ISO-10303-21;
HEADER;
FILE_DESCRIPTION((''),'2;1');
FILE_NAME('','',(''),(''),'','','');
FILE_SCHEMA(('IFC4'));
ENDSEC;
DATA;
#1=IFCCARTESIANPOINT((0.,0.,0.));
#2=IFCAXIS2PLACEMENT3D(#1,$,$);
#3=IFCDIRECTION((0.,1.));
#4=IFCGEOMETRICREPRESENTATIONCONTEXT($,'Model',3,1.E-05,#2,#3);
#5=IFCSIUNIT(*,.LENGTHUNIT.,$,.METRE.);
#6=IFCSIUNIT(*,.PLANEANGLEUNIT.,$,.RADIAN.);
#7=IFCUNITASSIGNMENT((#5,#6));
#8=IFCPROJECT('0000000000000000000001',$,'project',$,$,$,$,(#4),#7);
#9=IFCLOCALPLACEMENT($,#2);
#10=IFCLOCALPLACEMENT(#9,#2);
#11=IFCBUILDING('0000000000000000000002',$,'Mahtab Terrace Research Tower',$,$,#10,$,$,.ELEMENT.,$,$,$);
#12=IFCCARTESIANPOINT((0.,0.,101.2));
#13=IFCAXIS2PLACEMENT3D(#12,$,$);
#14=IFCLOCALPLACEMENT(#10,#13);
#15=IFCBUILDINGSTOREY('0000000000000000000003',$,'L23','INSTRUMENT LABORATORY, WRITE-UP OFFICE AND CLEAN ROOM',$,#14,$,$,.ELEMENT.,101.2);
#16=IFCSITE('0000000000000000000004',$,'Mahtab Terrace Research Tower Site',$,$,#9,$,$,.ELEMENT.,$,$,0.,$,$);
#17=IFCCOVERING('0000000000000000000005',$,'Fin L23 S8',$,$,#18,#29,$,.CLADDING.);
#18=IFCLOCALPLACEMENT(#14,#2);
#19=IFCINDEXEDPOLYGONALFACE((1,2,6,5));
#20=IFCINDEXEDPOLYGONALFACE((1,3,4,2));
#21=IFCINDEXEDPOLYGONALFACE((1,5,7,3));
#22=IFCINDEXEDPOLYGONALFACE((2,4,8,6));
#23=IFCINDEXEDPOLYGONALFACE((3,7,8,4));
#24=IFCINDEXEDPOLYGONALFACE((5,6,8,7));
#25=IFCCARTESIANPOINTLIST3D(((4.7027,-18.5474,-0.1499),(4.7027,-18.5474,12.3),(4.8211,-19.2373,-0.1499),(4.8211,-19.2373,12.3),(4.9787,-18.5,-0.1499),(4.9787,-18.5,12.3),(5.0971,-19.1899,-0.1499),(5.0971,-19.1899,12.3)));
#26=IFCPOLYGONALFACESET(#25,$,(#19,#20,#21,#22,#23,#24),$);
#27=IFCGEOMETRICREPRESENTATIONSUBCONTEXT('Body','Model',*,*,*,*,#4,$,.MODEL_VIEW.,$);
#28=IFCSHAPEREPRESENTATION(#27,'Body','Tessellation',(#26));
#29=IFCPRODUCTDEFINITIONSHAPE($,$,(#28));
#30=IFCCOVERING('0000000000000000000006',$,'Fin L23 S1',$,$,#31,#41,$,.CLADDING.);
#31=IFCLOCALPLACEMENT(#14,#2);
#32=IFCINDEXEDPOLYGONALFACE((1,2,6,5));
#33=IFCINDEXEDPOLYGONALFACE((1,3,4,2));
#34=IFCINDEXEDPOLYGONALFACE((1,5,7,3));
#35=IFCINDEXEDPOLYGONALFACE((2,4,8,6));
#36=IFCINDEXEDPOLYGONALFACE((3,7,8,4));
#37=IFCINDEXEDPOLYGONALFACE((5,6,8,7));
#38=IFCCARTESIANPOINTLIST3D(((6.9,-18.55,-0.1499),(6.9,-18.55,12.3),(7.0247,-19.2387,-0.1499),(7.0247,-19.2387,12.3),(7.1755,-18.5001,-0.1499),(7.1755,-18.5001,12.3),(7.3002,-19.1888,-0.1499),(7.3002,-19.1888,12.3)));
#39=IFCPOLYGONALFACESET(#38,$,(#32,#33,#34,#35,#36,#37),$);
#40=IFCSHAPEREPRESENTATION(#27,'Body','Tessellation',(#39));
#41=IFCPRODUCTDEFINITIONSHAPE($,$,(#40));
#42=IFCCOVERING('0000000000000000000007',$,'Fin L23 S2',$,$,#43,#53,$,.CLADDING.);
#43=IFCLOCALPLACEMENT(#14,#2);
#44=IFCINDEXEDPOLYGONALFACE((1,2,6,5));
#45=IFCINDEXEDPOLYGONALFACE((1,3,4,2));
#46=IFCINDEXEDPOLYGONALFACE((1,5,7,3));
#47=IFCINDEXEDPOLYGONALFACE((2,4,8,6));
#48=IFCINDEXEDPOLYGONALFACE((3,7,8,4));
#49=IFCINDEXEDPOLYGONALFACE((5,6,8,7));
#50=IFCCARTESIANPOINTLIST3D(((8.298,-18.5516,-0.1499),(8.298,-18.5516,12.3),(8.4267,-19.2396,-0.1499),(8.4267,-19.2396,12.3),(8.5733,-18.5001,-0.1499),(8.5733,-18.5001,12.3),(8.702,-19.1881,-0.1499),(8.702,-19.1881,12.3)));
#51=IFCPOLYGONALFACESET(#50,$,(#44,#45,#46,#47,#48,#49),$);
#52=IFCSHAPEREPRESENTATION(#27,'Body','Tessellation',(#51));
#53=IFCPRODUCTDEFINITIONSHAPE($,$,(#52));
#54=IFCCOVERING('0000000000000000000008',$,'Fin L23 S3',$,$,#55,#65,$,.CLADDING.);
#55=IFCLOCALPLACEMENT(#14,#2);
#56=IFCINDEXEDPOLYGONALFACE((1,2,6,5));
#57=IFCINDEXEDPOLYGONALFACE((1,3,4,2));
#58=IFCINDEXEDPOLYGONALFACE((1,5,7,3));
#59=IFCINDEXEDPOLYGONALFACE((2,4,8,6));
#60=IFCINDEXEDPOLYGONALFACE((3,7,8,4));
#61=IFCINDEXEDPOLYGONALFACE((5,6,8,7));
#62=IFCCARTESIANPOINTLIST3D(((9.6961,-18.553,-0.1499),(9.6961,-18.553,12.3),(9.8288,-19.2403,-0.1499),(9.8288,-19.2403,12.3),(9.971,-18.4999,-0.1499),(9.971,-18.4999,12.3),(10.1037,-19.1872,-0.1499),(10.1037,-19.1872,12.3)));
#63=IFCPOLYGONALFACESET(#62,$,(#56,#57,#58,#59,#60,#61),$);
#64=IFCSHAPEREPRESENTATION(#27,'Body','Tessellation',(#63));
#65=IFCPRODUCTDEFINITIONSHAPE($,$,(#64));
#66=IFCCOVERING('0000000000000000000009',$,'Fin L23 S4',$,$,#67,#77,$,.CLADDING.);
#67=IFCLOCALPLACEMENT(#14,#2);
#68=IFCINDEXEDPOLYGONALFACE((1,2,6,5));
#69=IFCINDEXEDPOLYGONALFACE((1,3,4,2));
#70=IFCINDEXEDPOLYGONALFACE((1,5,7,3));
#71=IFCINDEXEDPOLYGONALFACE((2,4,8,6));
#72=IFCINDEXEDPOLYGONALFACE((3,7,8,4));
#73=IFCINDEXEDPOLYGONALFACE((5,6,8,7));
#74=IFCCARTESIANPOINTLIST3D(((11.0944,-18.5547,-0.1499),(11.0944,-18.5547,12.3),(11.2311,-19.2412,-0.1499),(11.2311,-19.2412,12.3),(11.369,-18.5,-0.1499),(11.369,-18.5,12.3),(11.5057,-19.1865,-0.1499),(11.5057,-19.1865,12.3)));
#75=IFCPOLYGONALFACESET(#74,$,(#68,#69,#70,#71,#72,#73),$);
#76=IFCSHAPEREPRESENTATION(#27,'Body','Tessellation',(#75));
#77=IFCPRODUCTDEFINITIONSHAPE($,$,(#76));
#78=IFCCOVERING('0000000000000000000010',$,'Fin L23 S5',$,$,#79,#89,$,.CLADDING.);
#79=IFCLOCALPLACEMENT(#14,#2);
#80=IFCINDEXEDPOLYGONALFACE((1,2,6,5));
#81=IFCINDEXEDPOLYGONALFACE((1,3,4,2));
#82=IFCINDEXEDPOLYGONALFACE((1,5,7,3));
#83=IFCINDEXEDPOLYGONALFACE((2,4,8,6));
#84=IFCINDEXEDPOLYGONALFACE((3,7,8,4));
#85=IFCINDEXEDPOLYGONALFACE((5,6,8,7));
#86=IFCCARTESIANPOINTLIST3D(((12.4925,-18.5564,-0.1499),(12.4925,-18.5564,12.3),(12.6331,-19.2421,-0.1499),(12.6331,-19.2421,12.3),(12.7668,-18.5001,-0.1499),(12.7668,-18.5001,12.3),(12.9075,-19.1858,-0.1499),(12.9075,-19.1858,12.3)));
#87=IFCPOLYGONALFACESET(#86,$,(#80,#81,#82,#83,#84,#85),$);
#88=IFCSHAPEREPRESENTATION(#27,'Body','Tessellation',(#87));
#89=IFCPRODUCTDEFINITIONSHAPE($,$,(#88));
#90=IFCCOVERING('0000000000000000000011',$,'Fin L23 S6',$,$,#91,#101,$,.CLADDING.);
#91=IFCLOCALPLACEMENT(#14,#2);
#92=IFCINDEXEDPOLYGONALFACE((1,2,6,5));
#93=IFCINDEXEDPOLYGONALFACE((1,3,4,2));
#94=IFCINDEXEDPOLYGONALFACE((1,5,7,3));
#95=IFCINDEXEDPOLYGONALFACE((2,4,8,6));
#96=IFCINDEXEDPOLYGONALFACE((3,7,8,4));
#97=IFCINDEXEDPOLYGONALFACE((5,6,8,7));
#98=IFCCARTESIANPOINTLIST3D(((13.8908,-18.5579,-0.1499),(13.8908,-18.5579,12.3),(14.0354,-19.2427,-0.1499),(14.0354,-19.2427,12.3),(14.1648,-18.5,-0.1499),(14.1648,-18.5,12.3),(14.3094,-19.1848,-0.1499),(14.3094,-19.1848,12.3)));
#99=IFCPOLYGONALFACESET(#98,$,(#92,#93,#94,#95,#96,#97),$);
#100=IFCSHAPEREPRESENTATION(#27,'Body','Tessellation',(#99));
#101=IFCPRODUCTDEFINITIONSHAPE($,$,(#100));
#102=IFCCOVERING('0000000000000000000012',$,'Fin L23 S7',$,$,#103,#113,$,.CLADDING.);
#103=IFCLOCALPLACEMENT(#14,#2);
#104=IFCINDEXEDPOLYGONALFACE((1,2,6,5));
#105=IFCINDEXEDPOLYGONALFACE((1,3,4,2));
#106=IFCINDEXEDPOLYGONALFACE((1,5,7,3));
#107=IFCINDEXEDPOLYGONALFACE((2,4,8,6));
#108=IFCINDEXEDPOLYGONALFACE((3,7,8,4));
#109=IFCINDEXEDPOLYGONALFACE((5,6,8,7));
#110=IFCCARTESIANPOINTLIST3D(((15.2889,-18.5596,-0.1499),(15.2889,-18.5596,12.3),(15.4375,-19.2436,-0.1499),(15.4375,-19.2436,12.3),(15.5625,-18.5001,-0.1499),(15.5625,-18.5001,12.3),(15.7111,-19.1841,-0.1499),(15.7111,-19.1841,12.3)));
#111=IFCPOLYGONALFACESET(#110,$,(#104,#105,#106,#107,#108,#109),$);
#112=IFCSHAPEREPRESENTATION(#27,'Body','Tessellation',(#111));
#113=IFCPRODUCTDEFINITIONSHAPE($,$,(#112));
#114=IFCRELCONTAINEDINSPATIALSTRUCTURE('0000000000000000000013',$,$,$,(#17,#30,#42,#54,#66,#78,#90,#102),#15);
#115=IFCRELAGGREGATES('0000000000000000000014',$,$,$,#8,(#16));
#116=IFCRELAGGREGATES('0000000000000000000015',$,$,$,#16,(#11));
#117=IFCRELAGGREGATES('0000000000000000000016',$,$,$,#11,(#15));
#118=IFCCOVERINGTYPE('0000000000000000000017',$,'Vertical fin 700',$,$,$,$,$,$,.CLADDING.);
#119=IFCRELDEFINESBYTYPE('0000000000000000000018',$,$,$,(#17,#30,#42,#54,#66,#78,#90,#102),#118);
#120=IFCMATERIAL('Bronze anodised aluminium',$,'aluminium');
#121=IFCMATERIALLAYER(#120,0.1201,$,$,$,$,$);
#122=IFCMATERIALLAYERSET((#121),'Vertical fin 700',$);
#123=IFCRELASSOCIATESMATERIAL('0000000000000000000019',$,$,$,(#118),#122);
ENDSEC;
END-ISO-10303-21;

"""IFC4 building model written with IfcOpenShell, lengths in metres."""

from ifc_helpers import new_model, si_unit, direction, frame, origin, origin_2d, place, context, subcontext, project, spatial, rectangle, extrude, material, layer, layer_set, type_object, element, save


model = new_model("IFC4")

# Units and contexts
model_context = context("Model", 3, precision=1e-05, world=origin(), true_north=direction((0.0, 1.0)))
body_context = subcontext(model_context, "Body", "Model", "MODEL_VIEW")
ifc_project = project(units=[si_unit("LENGTHUNIT", "METRE"), si_unit("PLANEANGLEUNIT", "RADIAN")], contexts=[model_context])

# Site, building, storey
site_placement = place(None, origin())
site = spatial("IfcSite", under=ifc_project, at=site_placement, Name="Mahtab Terrace Research Tower Site", CompositionType="ELEMENT", RefElevation=0.0)
building_placement = place(site_placement, origin())
building = spatial("IfcBuilding", under=site, at=building_placement, Name="Mahtab Terrace Research Tower", CompositionType="ELEMENT")
storey_placement = place(building_placement, frame((0.0, 0.0, 101.2)))
storey = spatial("IfcBuildingStorey", under=building, at=storey_placement, Name="L23", Description="INSTRUMENT LABORATORY, WRITE-UP OFFICE AND CLEAN ROOM", CompositionType="ELEMENT", Elevation=101.2)

# Coverings
ifc_material_1 = material(Name="Bronze anodised aluminium", Category="aluminium")
ifc_layer_1 = layer(ifc_material_1, 0.1201)
ifc_layer_set_1 = layer_set([ifc_layer_1], Name="Vertical fin 700")
covering_type = type_object("IfcCoveringType", Name="Vertical fin 700", PredefinedType="CLADDING", material=ifc_layer_set_1)
for number, where, z_axis, x_axis, name in (
    (1, (4.8999, -18.8687, -0.1499), (0.0, 0.0, 1.0), (0.985591, 0.169145, 0.0), "Fin L23 S8"),
    (2, (7.1001, -18.8694, -0.1499), (0.0, 0.0, 1.0), (0.984004, 0.178148, 0.0), "Fin L23 S1"),
    (3, (8.5, -18.8699, -0.1499), (0.0, 0.0, 1.0), (0.982951, 0.18387, 0.0), "Fin L23 S2"),
    (4, (9.8999, -18.8701, -0.1499), (0.0, 0.0, 1.0), (0.981864, 0.189585, 0.0), "Fin L23 S3"),
    (5, (11.3, -18.8706, -0.1499), (0.0, 0.0, 1.0), (0.980745, 0.195294, 0.0), "Fin L23 S4"),
    (6, (12.7, -18.8711, -0.1499), (0.0, 0.0, 1.0), (0.979592, 0.200997, 0.0), "Fin L23 S5"),
    (7, (14.1001, -18.8713, -0.1499), (0.0, 0.0, 1.0), (0.978406, 0.206692, 0.0), "Fin L23 S6"),
    (8, (15.5, -18.8718, -0.1499), (0.0, 0.0, 1.0), (0.977187, 0.212381, 0.0), "Fin L23 S7"),
):
    element("IfcCovering", number, at=place(storey_placement, frame(where, z_axis=z_axis, x_axis=x_axis)), inside=storey, type_object=covering_type, Name=name, PredefinedType="CLADDING", context=body_context, shape_type="SweptSolid", body=[
        extrude(rectangle(XDim=0.28, YDim=0.7, at=origin_2d()), origin(), (0.0, 0.0, 1.0), 12.45),
    ])

save(model, "model.ifc")
